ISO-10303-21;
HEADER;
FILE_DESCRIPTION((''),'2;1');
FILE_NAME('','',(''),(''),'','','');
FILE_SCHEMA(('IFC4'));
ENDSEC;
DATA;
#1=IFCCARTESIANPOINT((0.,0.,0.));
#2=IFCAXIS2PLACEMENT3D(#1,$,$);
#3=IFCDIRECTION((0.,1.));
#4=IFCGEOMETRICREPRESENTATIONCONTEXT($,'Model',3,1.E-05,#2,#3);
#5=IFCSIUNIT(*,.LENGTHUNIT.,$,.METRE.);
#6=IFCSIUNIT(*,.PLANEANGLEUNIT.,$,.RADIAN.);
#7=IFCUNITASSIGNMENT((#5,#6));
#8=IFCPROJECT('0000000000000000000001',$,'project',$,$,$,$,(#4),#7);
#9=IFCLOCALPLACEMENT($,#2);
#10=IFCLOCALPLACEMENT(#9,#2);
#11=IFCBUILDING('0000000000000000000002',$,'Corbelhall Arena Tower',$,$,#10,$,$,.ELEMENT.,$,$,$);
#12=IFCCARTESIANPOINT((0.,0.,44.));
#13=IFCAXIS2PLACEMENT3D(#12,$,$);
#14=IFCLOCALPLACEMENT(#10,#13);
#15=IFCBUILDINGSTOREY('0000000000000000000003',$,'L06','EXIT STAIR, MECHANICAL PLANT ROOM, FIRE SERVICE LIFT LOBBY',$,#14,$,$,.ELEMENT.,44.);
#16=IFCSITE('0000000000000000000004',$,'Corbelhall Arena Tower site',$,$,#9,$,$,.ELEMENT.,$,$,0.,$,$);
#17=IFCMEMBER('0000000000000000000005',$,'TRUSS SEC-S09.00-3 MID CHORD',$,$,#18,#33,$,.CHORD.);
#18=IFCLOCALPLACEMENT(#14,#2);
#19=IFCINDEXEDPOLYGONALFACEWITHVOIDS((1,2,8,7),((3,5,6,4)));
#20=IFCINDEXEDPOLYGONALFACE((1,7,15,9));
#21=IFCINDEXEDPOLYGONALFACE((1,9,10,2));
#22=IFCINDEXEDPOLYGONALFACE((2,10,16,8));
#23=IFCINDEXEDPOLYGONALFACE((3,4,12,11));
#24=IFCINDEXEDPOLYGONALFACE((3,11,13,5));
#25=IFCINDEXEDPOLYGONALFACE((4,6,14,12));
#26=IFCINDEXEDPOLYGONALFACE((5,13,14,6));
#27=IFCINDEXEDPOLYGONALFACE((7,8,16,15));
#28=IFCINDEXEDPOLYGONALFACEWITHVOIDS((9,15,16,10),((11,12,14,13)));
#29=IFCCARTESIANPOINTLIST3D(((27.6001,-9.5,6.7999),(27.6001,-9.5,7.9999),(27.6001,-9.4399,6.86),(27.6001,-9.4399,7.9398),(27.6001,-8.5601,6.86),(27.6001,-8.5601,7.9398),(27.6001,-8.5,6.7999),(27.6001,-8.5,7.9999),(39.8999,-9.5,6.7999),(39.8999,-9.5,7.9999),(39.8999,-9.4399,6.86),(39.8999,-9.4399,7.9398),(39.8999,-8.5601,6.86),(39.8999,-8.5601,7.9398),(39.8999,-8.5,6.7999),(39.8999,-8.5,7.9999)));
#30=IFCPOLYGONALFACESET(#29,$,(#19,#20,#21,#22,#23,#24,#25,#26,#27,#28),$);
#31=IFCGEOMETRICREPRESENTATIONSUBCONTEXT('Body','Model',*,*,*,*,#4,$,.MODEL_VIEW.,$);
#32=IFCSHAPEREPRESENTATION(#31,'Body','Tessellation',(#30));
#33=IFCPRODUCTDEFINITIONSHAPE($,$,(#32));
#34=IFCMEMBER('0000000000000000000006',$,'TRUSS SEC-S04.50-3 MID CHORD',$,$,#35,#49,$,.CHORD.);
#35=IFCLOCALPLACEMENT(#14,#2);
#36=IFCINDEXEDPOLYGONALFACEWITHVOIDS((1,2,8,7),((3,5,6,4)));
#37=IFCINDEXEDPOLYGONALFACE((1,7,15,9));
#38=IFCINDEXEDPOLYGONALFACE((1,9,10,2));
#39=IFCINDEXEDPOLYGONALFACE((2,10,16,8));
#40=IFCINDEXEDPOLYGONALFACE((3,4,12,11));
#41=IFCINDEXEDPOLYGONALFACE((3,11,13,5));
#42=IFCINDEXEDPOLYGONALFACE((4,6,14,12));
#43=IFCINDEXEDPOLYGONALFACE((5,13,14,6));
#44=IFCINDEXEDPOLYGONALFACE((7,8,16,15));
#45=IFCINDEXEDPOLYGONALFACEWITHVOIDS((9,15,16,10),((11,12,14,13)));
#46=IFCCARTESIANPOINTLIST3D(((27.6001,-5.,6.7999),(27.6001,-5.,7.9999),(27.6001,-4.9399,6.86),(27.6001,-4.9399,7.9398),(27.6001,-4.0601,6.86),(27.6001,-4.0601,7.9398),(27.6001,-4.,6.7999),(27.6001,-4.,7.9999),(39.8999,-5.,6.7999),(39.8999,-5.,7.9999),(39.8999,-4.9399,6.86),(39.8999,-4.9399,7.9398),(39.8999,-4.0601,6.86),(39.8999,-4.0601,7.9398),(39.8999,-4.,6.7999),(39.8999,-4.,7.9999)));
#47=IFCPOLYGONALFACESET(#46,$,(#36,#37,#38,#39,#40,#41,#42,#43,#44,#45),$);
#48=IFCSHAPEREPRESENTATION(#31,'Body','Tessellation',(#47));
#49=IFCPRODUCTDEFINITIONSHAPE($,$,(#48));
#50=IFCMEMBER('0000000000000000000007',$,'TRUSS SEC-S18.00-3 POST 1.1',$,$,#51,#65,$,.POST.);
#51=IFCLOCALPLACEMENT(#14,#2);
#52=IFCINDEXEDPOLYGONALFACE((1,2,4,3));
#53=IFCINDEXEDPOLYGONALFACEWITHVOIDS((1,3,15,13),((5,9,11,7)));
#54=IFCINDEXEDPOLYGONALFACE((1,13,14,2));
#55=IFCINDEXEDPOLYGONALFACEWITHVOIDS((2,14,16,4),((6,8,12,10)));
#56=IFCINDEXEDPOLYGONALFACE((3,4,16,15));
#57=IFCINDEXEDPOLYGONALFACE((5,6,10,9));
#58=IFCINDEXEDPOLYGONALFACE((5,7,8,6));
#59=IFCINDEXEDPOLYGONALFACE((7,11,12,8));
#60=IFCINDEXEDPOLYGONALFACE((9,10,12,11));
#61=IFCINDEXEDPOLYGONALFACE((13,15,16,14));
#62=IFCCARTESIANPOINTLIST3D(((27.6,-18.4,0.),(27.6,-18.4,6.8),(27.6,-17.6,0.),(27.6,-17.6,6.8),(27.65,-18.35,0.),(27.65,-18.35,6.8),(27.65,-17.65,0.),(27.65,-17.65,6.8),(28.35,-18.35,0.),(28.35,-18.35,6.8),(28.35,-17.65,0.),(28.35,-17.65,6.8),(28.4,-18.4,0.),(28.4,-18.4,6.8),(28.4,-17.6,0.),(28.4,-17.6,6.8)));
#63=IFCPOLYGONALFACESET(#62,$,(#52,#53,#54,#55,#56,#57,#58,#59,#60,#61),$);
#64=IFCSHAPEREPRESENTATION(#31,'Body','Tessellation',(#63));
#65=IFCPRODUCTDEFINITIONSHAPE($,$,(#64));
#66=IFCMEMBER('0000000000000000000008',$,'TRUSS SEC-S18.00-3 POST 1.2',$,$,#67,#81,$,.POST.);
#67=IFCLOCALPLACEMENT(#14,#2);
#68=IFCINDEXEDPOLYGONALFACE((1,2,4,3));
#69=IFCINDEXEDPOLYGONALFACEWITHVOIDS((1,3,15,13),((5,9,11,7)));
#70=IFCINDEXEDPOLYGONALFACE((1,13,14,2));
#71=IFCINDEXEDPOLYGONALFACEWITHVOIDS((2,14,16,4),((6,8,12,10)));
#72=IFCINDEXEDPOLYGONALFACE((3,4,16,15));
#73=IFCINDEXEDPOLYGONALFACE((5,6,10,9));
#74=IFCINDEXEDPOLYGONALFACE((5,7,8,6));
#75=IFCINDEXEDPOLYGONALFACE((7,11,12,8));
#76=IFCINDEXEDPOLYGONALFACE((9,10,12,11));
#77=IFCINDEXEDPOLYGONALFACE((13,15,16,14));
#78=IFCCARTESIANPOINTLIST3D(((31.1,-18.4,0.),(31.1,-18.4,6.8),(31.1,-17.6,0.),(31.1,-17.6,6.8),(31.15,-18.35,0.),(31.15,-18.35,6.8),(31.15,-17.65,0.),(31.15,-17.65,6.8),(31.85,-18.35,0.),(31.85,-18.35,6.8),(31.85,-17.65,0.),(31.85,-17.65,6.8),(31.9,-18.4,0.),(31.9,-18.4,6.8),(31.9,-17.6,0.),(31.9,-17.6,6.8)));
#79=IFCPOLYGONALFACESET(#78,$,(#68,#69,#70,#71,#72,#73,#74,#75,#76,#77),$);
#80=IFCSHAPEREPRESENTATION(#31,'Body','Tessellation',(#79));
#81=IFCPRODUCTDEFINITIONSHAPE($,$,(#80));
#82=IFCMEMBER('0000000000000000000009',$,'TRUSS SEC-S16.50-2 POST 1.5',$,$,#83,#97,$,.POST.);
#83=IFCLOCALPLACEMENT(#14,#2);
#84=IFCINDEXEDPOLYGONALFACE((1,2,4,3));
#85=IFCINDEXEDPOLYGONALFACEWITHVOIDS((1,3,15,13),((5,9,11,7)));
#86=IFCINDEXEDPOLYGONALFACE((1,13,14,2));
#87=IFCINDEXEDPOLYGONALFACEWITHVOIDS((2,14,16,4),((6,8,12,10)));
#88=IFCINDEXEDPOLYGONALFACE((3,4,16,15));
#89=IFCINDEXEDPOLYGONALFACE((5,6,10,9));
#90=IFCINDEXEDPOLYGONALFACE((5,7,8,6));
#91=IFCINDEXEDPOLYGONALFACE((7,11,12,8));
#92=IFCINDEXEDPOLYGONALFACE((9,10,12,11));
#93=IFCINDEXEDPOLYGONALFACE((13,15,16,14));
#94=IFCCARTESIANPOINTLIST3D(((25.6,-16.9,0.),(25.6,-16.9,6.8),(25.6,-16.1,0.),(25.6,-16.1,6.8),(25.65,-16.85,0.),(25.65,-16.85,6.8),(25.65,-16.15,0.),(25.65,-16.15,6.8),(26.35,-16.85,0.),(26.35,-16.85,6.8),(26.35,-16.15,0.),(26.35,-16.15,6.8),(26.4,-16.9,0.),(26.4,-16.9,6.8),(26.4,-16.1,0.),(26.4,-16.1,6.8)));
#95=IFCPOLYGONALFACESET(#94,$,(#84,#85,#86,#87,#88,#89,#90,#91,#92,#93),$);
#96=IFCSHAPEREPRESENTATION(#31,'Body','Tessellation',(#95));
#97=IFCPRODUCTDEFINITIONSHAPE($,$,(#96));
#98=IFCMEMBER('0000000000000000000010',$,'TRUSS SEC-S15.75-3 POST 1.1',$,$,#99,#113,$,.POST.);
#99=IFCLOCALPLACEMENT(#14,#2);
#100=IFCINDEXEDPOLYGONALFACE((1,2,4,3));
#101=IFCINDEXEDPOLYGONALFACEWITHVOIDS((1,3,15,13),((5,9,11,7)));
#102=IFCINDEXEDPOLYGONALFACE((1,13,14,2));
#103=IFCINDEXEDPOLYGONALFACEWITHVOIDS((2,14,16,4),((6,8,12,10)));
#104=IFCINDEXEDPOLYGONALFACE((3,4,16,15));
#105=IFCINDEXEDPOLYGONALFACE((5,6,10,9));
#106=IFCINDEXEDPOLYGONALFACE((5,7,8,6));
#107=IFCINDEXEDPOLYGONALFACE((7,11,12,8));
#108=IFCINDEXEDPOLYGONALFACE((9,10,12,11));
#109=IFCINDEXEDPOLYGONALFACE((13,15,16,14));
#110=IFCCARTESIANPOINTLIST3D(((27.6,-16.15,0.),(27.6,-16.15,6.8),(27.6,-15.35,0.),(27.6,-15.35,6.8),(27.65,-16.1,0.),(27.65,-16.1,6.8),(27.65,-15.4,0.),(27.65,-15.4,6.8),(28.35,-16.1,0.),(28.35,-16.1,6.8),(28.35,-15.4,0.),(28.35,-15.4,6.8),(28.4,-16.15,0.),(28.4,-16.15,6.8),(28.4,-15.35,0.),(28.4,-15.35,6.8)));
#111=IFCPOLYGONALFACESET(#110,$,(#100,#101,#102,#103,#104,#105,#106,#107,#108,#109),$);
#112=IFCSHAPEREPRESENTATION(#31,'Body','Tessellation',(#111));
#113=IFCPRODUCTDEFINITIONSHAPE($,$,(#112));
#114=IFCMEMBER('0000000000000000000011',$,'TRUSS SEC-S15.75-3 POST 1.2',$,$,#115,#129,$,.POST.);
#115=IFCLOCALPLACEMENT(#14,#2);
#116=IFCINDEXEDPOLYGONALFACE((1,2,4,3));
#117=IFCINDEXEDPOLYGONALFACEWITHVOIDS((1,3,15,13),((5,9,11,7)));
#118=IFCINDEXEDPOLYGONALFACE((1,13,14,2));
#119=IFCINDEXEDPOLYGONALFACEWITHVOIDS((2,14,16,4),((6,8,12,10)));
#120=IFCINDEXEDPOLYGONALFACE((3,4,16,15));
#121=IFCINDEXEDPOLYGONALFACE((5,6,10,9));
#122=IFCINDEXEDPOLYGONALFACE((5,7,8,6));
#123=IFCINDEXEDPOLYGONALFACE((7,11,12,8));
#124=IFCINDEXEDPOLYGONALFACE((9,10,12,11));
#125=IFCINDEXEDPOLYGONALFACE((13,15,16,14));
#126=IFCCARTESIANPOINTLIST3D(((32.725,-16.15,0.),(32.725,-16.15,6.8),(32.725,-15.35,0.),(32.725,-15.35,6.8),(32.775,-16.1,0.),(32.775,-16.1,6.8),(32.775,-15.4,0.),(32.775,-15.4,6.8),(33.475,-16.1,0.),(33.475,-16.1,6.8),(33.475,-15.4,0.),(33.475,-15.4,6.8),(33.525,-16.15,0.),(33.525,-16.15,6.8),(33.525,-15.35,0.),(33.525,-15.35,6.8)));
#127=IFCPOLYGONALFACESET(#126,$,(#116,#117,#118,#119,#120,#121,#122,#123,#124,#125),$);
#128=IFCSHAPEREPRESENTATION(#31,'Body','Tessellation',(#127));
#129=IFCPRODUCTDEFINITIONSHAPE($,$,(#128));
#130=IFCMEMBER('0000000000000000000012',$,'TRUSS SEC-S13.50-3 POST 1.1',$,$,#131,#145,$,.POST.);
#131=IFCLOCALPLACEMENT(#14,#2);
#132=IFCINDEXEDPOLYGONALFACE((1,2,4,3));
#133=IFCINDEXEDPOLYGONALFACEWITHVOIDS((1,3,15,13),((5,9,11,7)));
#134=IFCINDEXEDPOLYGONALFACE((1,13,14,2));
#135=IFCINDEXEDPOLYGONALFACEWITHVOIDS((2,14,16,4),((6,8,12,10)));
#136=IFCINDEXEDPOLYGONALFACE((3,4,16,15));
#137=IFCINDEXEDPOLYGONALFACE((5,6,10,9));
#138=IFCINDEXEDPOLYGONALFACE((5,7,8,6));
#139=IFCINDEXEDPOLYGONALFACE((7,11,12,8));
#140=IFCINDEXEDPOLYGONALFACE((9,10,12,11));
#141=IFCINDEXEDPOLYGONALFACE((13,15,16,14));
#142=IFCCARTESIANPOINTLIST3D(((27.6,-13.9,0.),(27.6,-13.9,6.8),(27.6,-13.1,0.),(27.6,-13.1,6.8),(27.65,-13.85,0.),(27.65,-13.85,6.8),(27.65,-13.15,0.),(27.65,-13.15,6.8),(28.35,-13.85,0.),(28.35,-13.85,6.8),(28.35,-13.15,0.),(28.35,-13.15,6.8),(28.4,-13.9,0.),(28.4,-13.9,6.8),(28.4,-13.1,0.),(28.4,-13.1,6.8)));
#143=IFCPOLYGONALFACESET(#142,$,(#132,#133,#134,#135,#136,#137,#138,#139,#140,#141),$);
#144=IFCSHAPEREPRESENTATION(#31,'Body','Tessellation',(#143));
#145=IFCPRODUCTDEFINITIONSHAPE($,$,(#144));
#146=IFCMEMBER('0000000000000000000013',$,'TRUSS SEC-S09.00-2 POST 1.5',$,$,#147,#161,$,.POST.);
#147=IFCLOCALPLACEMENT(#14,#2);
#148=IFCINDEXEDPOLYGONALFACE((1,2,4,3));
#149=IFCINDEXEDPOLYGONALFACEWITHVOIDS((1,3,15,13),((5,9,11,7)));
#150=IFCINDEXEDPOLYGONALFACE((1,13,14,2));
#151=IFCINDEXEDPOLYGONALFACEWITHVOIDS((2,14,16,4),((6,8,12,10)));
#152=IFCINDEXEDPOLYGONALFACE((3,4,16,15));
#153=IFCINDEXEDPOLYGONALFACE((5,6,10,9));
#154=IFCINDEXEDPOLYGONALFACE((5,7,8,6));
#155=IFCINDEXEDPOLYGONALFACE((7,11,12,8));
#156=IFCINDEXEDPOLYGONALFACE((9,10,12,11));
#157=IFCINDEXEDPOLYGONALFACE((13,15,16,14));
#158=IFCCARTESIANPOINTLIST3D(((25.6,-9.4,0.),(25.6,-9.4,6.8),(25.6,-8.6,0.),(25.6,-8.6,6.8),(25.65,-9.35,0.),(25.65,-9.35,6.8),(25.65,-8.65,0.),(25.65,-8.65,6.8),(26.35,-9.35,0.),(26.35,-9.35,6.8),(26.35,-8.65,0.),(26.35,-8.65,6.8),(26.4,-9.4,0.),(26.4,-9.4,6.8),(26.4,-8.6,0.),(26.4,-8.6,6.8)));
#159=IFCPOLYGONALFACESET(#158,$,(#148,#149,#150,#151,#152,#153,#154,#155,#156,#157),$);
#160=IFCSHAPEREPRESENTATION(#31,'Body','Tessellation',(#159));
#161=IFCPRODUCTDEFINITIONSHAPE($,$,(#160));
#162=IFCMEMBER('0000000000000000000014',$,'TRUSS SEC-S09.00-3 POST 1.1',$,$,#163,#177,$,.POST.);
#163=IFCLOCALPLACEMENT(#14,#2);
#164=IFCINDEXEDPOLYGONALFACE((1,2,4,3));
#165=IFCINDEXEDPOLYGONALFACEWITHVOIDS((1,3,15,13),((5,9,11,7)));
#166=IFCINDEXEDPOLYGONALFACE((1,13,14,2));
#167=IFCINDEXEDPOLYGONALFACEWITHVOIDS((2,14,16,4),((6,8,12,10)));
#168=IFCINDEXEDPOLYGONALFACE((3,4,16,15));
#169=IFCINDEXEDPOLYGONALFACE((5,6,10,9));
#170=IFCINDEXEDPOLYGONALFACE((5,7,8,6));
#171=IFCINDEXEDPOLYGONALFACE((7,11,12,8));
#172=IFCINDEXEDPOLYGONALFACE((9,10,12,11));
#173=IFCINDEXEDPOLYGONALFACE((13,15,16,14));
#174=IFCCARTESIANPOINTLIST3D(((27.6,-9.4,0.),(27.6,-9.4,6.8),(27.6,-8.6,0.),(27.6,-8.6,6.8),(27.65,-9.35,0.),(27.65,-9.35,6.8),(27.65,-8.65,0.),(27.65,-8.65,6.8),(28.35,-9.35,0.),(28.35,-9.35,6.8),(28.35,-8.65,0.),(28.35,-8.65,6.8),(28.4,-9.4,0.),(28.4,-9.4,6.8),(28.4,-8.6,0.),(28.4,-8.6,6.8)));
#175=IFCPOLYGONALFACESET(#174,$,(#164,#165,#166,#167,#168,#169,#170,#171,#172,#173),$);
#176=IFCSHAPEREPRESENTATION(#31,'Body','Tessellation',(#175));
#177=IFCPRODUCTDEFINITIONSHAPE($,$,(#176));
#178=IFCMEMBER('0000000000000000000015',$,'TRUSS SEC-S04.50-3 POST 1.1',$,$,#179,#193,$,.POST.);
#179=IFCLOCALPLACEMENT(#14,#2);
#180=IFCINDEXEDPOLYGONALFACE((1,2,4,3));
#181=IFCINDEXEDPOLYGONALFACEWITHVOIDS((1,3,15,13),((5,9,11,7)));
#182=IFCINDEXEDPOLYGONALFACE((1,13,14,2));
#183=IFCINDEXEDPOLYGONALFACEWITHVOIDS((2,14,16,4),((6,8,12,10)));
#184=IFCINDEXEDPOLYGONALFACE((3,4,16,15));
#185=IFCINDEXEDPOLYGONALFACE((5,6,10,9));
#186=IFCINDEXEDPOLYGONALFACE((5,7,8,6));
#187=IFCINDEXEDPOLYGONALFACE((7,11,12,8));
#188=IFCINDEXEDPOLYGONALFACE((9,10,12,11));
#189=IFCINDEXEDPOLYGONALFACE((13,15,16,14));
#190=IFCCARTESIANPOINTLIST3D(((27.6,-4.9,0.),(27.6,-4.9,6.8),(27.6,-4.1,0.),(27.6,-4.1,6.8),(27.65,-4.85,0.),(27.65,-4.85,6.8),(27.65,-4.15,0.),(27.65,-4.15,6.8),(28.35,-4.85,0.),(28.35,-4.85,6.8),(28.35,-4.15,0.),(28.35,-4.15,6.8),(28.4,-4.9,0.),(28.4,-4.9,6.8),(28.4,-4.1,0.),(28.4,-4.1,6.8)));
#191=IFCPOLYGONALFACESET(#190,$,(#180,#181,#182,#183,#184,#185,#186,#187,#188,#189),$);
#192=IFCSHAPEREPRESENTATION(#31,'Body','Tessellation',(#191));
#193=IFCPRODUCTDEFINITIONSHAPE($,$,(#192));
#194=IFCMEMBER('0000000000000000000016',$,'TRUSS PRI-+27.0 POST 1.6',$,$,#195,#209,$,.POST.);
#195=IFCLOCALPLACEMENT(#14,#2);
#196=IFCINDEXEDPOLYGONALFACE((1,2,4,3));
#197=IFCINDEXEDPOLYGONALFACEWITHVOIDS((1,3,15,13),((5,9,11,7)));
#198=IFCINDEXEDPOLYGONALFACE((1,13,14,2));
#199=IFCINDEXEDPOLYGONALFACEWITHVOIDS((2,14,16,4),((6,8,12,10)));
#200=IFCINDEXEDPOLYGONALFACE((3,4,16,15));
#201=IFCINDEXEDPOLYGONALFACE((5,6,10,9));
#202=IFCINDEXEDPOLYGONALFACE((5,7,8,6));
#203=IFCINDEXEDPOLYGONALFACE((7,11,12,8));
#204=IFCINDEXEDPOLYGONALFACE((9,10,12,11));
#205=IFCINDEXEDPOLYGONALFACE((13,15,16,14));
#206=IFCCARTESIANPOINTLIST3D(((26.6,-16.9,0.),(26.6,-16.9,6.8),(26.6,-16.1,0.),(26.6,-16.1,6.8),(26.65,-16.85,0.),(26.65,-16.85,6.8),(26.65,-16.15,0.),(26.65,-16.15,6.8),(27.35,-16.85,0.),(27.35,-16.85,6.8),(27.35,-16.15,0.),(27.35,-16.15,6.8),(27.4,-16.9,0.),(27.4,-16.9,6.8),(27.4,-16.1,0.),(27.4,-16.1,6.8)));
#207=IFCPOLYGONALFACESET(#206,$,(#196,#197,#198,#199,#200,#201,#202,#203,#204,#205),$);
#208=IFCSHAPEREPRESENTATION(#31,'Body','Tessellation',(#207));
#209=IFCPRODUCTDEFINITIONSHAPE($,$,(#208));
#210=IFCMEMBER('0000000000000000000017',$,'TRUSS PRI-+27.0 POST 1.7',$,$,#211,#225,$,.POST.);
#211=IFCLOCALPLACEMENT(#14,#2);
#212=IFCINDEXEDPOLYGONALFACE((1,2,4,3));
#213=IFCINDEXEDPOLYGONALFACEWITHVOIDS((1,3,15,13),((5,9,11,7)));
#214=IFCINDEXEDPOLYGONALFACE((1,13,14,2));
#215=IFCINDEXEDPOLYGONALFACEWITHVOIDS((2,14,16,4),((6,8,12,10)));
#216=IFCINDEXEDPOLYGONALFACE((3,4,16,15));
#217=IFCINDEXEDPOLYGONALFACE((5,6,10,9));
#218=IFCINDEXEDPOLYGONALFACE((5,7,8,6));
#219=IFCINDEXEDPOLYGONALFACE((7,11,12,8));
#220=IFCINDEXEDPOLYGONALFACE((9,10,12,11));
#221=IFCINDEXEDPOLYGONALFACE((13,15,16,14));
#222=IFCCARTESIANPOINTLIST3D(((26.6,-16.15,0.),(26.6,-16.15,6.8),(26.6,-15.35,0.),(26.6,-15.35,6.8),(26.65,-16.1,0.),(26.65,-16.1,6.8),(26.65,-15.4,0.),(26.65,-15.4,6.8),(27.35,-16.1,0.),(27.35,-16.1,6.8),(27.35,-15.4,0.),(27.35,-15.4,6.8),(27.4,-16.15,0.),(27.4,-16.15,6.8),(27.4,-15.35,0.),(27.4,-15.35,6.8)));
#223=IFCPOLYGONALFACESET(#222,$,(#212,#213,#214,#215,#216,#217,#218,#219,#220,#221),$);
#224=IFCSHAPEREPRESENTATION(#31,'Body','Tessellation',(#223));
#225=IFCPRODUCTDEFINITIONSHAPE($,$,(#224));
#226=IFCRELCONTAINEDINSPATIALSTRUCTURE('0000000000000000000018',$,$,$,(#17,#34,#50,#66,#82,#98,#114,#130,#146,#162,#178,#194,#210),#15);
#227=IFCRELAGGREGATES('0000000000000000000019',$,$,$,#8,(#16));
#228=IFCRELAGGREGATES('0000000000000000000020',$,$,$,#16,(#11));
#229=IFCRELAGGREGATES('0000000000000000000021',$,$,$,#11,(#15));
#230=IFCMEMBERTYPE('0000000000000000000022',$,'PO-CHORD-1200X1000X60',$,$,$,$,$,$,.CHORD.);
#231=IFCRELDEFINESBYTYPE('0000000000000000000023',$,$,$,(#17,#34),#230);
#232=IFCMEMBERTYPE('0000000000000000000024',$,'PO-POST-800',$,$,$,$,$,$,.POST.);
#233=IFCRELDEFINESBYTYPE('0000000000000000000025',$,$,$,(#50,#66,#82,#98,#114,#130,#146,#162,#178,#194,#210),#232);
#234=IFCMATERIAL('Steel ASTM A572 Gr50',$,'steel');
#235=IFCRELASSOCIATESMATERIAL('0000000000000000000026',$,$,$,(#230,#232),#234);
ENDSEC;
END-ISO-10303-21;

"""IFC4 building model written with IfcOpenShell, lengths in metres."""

from ifc_helpers import new_model, si_unit, direction, frame, origin, origin_2d, place, context, subcontext, project, spatial, hollow_rectangle, extrude, material, material_profile, profile_set, type_object, element, save


model = new_model("IFC4")

# Units and contexts
model_context = context("Model", 3, precision=1e-05, world=origin(), true_north=direction((0.0, 1.0)))
body_context = subcontext(model_context, "Body", "Model", "MODEL_VIEW")
ifc_project = project(units=[si_unit("LENGTHUNIT", "METRE"), si_unit("PLANEANGLEUNIT", "RADIAN")], contexts=[model_context])

# Site, building, storey
site_placement = place(None, origin())
site = spatial("IfcSite", under=ifc_project, at=site_placement, Name="Corbelhall Arena Tower site", CompositionType="ELEMENT", RefElevation=0.0)
building_placement = place(site_placement, origin())
building = spatial("IfcBuilding", under=site, at=building_placement, Name="Corbelhall Arena Tower", CompositionType="ELEMENT")
storey_placement = place(building_placement, frame((0.0, 0.0, 44.0)))
storey = spatial("IfcBuildingStorey", under=building, at=storey_placement, Name="L06", Description="EXIT STAIR, MECHANICAL PLANT ROOM, FIRE SERVICE LIFT LOBBY", CompositionType="ELEMENT", Elevation=44.0)

# Members
ifc_material = material(Name="Steel ASTM A572 Gr50", Category="steel")
ifc_material_profile_1 = material_profile(ifc_material, hollow_rectangle(XDim=1.0, YDim=1.2, WallThickness=0.0601, at=origin_2d()))
ifc_profile_set_1 = profile_set([ifc_material_profile_1], Name="Steel ASTM A572 Gr50")
member_type_1 = type_object("IfcMemberType", Name="PO-CHORD-1200X1000X60", PredefinedType="CHORD", material=ifc_profile_set_1)
for number, where, z_axis, x_axis, name in (
    (1, (27.6001, -9.0, 7.3999), (1.0, 0.0, 0.0), (0.0, 1.0, 0.0), "TRUSS SEC-S09.00-3 MID CHORD"),
    (2, (27.6001, -4.5, 7.3999), (1.0, 0.0, 0.0), (0.0, 1.0, 0.0), "TRUSS SEC-S04.50-3 MID CHORD"),
):
    element("IfcMember", number, at=place(storey_placement, frame(where, z_axis=z_axis, x_axis=x_axis)), inside=storey, type_object=member_type_1, Name=name, PredefinedType="CHORD", context=body_context, shape_type="SweptSolid", body=[
        extrude(hollow_rectangle(XDim=1.0, YDim=1.2, WallThickness=0.0601, at=origin_2d()), origin(), (0.0, 0.0, 1.0), 12.2998),
    ])
ifc_material_profile_2 = material_profile(ifc_material, hollow_rectangle(XDim=0.8, YDim=0.8, WallThickness=0.05, at=origin_2d()))
ifc_profile_set_2 = profile_set([ifc_material_profile_2], Name="Steel ASTM A572 Gr50")
member_type_2 = type_object("IfcMemberType", Name="PO-POST-800", PredefinedType="POST", material=ifc_profile_set_2)
for number, where, z_axis, x_axis, name in (
    (3, (28.0, -18.0, 0.0), (0.0, 0.0, 1.0), (1.0, 0.0, 0.0), "TRUSS SEC-S18.00-3 POST 1.1"),
    (4, (31.5, -18.0, 0.0), (0.0, 0.0, 1.0), (1.0, 0.0, 0.0), "TRUSS SEC-S18.00-3 POST 1.2"),
    (5, (26.0, -16.5, 0.0), (0.0, 0.0, 1.0), (1.0, 0.0, 0.0), "TRUSS SEC-S16.50-2 POST 1.5"),
    (6, (28.0, -15.75, 0.0), (0.0, 0.0, 1.0), (1.0, 0.0, 0.0), "TRUSS SEC-S15.75-3 POST 1.1"),
    (7, (33.125, -15.75, 0.0), (0.0, 0.0, 1.0), (1.0, 0.0, 0.0), "TRUSS SEC-S15.75-3 POST 1.2"),
    (8, (28.0, -13.5, 0.0), (0.0, 0.0, 1.0), (1.0, 0.0, 0.0), "TRUSS SEC-S13.50-3 POST 1.1"),
    (9, (26.0, -9.0, 0.0), (0.0, 0.0, 1.0), (1.0, 0.0, 0.0), "TRUSS SEC-S09.00-2 POST 1.5"),
    (10, (28.0, -9.0, 0.0), (0.0, 0.0, 1.0), (1.0, 0.0, 0.0), "TRUSS SEC-S09.00-3 POST 1.1"),
    (11, (28.0, -4.5, 0.0), (0.0, 0.0, 1.0), (1.0, 0.0, 0.0), "TRUSS SEC-S04.50-3 POST 1.1"),
    (12, (27.0, -16.5, 0.0), (0.0, 0.0, 1.0), (1.0, 0.0, 0.0), "TRUSS PRI-+27.0 POST 1.6"),
    (13, (27.0, -15.75, 0.0), (0.0, 0.0, 1.0), (1.0, 0.0, 0.0), "TRUSS PRI-+27.0 POST 1.7"),
):
    element("IfcMember", number, at=place(storey_placement, frame(where, z_axis=z_axis, x_axis=x_axis)), inside=storey, type_object=member_type_2, Name=name, PredefinedType="POST", context=body_context, shape_type="SweptSolid", body=[
        extrude(hollow_rectangle(XDim=0.8, YDim=0.8, WallThickness=0.05, at=origin_2d()), origin(), (0.0, 0.0, 1.0), 6.8),
    ])

save(model, "model.ifc")
